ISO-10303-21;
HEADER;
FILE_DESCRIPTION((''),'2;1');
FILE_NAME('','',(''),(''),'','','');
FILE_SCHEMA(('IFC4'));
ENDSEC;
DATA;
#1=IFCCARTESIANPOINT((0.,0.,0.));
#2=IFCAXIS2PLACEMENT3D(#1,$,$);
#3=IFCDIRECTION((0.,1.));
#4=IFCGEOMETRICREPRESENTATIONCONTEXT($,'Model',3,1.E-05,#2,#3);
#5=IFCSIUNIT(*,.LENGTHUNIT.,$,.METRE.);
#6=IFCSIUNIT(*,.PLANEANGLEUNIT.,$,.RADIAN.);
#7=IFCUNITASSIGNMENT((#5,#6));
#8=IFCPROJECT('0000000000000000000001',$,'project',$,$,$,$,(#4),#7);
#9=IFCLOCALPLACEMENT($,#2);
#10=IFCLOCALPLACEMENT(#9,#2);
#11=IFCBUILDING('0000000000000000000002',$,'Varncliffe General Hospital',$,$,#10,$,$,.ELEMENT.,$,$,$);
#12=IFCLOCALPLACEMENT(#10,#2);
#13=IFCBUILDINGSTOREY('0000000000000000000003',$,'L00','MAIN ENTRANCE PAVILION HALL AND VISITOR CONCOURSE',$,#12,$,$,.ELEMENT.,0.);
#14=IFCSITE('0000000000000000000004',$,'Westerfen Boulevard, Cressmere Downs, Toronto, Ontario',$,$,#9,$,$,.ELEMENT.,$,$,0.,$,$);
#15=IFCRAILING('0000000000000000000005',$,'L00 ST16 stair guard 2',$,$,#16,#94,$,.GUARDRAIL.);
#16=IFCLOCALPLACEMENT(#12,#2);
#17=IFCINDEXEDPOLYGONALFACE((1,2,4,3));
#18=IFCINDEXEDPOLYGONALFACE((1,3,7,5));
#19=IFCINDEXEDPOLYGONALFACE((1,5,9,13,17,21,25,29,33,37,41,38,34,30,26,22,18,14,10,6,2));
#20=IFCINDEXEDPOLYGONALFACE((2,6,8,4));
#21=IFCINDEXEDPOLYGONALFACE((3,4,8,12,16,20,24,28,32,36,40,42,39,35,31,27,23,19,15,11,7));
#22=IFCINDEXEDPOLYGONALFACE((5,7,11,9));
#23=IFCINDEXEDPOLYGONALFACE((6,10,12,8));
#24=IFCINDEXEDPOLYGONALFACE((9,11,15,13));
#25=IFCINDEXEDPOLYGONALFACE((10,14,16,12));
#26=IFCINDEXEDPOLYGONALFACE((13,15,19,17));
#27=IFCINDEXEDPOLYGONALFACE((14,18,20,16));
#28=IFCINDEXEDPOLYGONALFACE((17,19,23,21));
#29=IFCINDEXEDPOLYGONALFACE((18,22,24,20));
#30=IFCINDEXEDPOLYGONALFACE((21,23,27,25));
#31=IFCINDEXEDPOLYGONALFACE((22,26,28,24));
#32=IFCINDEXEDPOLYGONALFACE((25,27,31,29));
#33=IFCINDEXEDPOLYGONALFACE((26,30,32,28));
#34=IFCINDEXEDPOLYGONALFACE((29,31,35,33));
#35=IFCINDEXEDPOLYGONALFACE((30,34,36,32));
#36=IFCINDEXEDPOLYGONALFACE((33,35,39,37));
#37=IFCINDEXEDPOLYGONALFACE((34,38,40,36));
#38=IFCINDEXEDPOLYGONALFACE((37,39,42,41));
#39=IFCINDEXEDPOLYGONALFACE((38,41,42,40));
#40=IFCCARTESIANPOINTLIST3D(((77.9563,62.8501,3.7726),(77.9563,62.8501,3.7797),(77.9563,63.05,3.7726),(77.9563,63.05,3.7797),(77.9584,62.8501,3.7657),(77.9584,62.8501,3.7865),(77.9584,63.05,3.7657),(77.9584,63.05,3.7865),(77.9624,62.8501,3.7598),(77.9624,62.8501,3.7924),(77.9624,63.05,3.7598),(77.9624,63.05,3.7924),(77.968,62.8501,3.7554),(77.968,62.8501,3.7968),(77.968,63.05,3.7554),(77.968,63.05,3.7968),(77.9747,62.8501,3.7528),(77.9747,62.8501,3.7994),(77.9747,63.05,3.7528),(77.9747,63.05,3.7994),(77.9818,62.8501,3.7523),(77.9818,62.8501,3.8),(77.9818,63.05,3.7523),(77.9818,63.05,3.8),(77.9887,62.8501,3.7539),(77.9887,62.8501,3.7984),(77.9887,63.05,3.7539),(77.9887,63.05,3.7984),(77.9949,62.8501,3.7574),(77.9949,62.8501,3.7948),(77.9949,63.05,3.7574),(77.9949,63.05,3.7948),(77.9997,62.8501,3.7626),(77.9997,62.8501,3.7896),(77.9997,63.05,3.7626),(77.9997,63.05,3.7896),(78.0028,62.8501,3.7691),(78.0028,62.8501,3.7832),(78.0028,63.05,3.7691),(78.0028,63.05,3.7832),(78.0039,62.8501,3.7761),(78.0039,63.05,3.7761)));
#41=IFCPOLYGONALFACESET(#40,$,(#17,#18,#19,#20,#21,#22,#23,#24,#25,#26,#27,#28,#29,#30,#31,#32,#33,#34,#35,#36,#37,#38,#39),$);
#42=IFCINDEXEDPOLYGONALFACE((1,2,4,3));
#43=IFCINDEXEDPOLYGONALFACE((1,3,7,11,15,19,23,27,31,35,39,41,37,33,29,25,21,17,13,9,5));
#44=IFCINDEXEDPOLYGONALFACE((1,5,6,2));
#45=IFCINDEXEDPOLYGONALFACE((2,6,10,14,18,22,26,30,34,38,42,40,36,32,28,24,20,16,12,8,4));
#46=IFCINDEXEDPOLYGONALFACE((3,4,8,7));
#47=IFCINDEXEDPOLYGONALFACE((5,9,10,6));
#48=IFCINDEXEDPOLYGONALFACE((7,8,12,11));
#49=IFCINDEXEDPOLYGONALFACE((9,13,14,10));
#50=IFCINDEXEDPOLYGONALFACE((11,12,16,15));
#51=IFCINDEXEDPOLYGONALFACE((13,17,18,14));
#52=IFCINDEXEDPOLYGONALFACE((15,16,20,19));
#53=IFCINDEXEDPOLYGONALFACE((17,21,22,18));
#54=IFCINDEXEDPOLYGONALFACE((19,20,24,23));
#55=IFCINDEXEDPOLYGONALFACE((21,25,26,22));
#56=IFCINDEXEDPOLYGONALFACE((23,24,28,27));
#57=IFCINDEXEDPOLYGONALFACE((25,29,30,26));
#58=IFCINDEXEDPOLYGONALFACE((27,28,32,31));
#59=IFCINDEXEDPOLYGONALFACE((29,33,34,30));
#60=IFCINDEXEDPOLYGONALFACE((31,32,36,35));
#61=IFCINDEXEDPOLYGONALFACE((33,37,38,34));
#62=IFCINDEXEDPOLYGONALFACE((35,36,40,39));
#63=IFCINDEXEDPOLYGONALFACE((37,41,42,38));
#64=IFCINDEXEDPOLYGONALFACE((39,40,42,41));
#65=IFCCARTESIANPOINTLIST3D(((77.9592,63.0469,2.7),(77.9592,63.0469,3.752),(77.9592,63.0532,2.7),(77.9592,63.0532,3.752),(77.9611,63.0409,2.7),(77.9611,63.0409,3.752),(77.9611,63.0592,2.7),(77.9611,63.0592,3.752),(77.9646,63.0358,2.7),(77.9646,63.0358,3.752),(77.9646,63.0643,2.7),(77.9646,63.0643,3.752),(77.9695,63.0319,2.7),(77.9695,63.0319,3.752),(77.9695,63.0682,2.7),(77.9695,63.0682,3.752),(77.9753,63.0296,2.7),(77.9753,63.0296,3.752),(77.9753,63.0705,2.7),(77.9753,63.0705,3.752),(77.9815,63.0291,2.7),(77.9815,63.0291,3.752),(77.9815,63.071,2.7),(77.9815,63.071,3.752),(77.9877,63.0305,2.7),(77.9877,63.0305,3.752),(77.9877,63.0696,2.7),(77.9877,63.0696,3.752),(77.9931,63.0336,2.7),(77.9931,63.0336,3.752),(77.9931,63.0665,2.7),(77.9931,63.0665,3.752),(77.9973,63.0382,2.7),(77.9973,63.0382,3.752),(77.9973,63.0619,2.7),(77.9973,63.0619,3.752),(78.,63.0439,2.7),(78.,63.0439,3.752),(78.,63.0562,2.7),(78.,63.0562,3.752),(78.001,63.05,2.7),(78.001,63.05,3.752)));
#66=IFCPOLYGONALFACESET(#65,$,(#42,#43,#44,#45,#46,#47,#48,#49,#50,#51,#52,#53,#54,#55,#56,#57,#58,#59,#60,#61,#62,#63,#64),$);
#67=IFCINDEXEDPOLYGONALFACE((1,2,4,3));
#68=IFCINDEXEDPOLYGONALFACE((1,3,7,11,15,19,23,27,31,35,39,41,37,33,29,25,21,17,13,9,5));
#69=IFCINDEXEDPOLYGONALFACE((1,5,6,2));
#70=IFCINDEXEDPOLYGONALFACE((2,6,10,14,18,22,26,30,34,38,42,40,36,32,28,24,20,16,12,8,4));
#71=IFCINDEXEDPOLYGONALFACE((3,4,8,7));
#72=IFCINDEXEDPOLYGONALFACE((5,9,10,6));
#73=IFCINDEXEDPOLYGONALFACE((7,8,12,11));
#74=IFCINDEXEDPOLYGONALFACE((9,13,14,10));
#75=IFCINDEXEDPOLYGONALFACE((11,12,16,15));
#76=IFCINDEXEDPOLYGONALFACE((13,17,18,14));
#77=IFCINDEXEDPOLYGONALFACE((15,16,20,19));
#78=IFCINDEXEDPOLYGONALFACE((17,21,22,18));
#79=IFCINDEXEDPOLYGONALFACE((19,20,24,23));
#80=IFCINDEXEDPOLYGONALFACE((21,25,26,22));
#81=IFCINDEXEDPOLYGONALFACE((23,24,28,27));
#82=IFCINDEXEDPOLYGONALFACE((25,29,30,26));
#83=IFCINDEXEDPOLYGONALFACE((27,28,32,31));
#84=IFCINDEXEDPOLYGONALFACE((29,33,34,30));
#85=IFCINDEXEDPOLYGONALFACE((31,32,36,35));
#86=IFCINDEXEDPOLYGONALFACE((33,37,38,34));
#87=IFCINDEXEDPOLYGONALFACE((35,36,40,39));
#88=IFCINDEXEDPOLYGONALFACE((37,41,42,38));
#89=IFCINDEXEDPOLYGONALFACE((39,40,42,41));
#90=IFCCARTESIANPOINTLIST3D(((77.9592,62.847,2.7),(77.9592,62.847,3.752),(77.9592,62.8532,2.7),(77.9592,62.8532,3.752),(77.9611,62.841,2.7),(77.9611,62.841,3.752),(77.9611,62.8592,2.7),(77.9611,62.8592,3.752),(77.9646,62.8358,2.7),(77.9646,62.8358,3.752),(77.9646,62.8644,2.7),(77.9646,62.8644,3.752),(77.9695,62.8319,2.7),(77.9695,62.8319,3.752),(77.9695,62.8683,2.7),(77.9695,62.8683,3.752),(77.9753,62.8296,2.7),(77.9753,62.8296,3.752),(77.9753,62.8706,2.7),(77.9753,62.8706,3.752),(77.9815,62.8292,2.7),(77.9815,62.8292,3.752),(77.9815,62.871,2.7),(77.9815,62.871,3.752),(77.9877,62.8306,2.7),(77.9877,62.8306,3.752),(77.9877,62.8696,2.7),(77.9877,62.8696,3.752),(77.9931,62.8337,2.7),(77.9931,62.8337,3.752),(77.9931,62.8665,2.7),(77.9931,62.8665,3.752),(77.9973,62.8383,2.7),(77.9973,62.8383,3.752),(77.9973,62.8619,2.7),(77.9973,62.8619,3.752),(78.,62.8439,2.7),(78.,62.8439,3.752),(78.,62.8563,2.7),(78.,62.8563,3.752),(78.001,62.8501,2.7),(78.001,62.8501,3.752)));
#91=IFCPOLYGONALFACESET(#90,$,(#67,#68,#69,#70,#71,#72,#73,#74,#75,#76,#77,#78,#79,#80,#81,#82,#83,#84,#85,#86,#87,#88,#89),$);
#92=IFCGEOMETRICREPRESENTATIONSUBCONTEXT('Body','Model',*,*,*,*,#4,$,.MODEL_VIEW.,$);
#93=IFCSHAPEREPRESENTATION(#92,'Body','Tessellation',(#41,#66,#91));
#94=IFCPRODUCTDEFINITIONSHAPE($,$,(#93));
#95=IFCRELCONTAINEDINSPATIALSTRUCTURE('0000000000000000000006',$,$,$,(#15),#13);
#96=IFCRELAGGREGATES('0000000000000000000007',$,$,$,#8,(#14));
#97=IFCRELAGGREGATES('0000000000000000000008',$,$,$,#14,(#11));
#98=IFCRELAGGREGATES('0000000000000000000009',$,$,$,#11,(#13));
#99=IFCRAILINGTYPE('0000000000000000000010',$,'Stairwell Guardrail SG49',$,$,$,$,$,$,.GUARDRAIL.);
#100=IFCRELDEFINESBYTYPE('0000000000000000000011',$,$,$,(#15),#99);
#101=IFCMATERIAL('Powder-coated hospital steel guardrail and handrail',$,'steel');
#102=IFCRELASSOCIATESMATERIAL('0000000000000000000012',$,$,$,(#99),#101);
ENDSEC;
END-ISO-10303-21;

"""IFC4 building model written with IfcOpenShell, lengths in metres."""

from ifc_helpers import new_model, si_unit, direction, frame, origin, origin_2d, place, context, subcontext, project, spatial, circle, extrude, material, type_object, element, save


model = new_model("IFC4")

# Units and contexts
model_context = context("Model", 3, precision=1e-05, world=origin(), true_north=direction((0.0, 1.0)))
body_context = subcontext(model_context, "Body", "Model", "MODEL_VIEW")
ifc_project = project(units=[si_unit("LENGTHUNIT", "METRE"), si_unit("PLANEANGLEUNIT", "RADIAN")], contexts=[model_context])

# Site, building, storey
site_placement = place(None, origin())
site = spatial("IfcSite", under=ifc_project, at=site_placement, Name="Westerfen Boulevard, Cressmere Downs, Toronto, Ontario", CompositionType="ELEMENT", RefElevation=0.0)
building_placement = place(site_placement, origin())
building = spatial("IfcBuilding", under=site, at=building_placement, Name="Varncliffe General Hospital", CompositionType="ELEMENT")
storey_placement = place(building_placement, origin())
storey = spatial("IfcBuildingStorey", under=building, at=storey_placement, Name="L00", Description="MAIN ENTRANCE PAVILION HALL AND VISITOR CONCOURSE", CompositionType="ELEMENT", Elevation=0.0)

# Railing
ifc_material_1 = material(Name="Powder-coated hospital steel guardrail and handrail", Category="steel")
railing_type_1 = type_object("IfcRailingType", Name="Stairwell Guardrail SG49", PredefinedType="GUARDRAIL", material=ifc_material_1)
railing_1_placement = place(storey_placement, frame((77.98, 63.05, 2.7)))
element("IfcRailing", 1, at=railing_1_placement, inside=storey, type_object=railing_type_1, Name="L00 ST16 stair guard 2", PredefinedType="GUARDRAIL", context=body_context, shape_type="SweptSolid", body=[
    extrude(circle(Radius=0.0239, at=origin_2d()), frame((0.0, 0.0, 1.0762), z_axis=(0.0, -1.0, 0.0), x_axis=(1.0, 0.0, 0.0)), (0.0, 0.0, 1.0), 0.2),
    extrude(circle(Radius=0.021, at=origin_2d()), origin(), (0.0, 0.0, 1.0), 1.052),
    extrude(circle(Radius=0.021, at=origin_2d()), frame((0.0, -0.2, 0.0)), (0.0, 0.0, 1.0), 1.052),
])

save(model, "model.ifc")
